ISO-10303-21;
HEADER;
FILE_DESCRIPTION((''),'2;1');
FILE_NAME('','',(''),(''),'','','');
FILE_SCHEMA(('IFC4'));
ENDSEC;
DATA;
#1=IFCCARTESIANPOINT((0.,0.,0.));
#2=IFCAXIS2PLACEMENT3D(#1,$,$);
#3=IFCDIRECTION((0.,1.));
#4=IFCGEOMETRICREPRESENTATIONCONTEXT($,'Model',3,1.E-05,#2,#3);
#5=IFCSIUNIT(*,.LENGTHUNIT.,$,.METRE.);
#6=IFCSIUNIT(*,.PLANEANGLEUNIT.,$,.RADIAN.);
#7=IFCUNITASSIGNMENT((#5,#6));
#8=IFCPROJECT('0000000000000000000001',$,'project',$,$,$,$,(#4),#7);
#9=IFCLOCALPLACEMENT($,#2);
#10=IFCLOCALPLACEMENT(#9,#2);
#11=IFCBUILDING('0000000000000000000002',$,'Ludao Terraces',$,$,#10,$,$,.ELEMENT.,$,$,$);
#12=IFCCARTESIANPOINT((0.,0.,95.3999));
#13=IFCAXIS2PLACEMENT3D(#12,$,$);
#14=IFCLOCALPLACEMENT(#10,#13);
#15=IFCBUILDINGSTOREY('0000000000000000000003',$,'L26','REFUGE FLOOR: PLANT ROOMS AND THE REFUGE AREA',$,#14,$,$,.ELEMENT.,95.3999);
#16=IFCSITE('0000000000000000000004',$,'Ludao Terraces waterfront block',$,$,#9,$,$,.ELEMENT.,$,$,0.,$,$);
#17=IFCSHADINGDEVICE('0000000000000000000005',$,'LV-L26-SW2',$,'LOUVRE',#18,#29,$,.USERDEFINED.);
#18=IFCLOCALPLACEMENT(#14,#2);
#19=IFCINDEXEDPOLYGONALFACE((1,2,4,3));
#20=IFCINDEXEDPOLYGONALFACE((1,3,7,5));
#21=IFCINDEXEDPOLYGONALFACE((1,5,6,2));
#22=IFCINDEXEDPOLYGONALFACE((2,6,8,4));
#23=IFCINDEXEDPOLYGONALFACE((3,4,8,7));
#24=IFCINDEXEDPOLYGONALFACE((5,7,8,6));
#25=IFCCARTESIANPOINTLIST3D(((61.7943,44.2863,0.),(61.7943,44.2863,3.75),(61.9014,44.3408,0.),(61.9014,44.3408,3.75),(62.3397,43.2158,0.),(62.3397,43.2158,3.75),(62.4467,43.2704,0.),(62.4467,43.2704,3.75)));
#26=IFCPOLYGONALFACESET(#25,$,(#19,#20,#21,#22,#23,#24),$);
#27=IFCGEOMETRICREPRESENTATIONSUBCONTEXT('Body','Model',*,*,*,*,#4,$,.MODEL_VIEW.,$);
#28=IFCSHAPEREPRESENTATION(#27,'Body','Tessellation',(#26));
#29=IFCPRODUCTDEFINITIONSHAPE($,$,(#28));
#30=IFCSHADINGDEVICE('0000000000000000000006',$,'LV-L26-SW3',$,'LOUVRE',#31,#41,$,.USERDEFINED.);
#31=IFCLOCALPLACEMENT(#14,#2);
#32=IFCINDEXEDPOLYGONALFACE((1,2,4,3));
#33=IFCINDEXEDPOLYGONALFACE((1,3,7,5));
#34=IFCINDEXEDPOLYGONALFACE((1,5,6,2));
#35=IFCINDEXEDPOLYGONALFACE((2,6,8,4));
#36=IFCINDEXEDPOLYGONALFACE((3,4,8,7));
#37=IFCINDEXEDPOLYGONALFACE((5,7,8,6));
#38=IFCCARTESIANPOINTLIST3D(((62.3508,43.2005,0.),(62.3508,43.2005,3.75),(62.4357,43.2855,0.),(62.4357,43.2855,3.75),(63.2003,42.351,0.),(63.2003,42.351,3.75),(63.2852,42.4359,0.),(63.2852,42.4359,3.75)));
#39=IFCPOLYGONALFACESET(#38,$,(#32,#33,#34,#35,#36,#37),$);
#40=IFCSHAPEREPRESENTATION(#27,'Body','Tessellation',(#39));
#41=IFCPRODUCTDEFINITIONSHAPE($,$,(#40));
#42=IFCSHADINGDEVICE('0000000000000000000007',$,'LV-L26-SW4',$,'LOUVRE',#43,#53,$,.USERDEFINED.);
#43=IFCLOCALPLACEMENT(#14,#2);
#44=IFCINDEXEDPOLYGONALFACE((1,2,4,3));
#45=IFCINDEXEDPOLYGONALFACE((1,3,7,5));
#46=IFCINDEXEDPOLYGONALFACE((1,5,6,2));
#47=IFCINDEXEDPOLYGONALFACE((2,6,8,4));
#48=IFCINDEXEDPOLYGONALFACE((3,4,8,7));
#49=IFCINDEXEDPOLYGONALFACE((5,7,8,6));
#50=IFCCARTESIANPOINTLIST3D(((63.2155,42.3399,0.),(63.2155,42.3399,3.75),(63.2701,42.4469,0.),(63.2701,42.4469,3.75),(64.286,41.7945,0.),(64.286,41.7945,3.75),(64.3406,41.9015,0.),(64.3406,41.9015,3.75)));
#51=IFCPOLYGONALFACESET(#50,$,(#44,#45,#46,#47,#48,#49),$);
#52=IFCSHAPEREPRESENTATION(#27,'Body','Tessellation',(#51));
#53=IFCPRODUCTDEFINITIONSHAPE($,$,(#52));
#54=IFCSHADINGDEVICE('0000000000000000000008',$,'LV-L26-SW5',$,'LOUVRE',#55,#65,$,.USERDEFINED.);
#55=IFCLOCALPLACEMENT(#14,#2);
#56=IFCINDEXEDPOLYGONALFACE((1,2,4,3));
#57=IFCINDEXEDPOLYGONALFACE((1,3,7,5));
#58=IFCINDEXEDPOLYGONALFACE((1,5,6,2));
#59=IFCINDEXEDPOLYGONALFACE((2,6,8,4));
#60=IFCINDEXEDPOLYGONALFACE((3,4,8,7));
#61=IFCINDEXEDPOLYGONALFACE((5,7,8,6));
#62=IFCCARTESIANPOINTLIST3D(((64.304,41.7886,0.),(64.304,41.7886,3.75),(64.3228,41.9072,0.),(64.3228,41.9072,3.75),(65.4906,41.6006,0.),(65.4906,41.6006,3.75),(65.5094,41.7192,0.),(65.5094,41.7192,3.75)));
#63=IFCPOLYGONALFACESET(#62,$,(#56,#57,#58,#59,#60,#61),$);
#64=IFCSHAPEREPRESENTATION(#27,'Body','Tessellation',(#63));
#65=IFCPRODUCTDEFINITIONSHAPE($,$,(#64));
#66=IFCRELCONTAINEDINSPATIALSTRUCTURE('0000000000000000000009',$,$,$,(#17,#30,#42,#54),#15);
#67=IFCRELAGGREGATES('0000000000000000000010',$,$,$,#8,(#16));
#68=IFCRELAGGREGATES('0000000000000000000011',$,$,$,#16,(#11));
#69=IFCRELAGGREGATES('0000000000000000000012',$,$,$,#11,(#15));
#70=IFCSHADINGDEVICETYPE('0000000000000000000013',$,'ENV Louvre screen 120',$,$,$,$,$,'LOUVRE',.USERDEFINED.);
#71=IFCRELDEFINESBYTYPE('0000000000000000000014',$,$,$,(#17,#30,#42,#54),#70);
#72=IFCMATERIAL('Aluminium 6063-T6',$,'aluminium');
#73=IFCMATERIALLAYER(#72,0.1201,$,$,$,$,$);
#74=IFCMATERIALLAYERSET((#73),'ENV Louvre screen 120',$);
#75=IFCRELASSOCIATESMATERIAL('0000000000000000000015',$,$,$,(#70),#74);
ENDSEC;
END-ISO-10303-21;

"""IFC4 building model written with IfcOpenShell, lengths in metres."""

from ifc_helpers import new_model, si_unit, direction, frame, frame_2d, origin, place, context, subcontext, project, spatial, rectangle, extrude, material, layer, layer_set, type_object, element, save


model = new_model("IFC4")

# Units and contexts
model_context = context("Model", 3, precision=1e-05, world=origin(), true_north=direction((0.0, 1.0)))
body_context = subcontext(model_context, "Body", "Model", "MODEL_VIEW")
ifc_project = project(units=[si_unit("LENGTHUNIT", "METRE"), si_unit("PLANEANGLEUNIT", "RADIAN")], contexts=[model_context])

# Site, building, storey
site_placement = place(None, origin())
site = spatial("IfcSite", under=ifc_project, at=site_placement, Name="Ludao Terraces waterfront block", CompositionType="ELEMENT", RefElevation=0.0)
building_placement = place(site_placement, origin())
building = spatial("IfcBuilding", under=site, at=building_placement, Name="Ludao Terraces", CompositionType="ELEMENT")
storey_placement = place(building_placement, frame((0.0, 0.0, 95.3999)))
storey = spatial("IfcBuildingStorey", under=building, at=storey_placement, Name="L26", Description="REFUGE FLOOR: PLANT ROOMS AND THE REFUGE AREA", CompositionType="ELEMENT", Elevation=95.3999)

# Shading devices
ifc_material_1 = material(Name="Aluminium 6063-T6", Category="aluminium")
ifc_layer_1 = layer(ifc_material_1, 0.1201)
ifc_layer_set_1 = layer_set([ifc_layer_1], Name="ENV Louvre screen 120")
shading_device_type = type_object("IfcShadingDeviceType", Name="ENV Louvre screen 120", ElementType="LOUVRE", PredefinedType="USERDEFINED", material=ifc_layer_set_1)
for number, where, z_axis, x_axis, name in (
    (1, (61.8479, 44.3135, 0.0), (0.0, 0.0, 1.0), (0.453947, -0.891029, 0.0), "LV-L26-SW2"),
    (2, (62.3933, 43.2429, 0.0), (0.0, 0.0, 1.0), (0.707107, -0.707107, 0.0), "LV-L26-SW3"),
    (3, (63.2429, 42.3933, 0.0), (0.0, 0.0, 1.0), (0.891029, -0.453947, 0.0), "LV-L26-SW4"),
    (4, (64.3135, 41.8479, 0.0), (0.0, 0.0, 1.0), (0.98768, -0.156484, 0.0), "LV-L26-SW5"),
):
    element("IfcShadingDevice", number, at=place(storey_placement, frame(where, z_axis=z_axis, x_axis=x_axis)), inside=storey, type_object=shading_device_type, Name=name, ObjectType="LOUVRE", PredefinedType="USERDEFINED", context=body_context, shape_type="SweptSolid", body=[
        extrude(rectangle(XDim=1.2014, YDim=0.1201, at=frame_2d((0.6006, 0.0))), origin(), (0.0, 0.0, 1.0), 3.75),
    ])

save(model, "model.ifc")
